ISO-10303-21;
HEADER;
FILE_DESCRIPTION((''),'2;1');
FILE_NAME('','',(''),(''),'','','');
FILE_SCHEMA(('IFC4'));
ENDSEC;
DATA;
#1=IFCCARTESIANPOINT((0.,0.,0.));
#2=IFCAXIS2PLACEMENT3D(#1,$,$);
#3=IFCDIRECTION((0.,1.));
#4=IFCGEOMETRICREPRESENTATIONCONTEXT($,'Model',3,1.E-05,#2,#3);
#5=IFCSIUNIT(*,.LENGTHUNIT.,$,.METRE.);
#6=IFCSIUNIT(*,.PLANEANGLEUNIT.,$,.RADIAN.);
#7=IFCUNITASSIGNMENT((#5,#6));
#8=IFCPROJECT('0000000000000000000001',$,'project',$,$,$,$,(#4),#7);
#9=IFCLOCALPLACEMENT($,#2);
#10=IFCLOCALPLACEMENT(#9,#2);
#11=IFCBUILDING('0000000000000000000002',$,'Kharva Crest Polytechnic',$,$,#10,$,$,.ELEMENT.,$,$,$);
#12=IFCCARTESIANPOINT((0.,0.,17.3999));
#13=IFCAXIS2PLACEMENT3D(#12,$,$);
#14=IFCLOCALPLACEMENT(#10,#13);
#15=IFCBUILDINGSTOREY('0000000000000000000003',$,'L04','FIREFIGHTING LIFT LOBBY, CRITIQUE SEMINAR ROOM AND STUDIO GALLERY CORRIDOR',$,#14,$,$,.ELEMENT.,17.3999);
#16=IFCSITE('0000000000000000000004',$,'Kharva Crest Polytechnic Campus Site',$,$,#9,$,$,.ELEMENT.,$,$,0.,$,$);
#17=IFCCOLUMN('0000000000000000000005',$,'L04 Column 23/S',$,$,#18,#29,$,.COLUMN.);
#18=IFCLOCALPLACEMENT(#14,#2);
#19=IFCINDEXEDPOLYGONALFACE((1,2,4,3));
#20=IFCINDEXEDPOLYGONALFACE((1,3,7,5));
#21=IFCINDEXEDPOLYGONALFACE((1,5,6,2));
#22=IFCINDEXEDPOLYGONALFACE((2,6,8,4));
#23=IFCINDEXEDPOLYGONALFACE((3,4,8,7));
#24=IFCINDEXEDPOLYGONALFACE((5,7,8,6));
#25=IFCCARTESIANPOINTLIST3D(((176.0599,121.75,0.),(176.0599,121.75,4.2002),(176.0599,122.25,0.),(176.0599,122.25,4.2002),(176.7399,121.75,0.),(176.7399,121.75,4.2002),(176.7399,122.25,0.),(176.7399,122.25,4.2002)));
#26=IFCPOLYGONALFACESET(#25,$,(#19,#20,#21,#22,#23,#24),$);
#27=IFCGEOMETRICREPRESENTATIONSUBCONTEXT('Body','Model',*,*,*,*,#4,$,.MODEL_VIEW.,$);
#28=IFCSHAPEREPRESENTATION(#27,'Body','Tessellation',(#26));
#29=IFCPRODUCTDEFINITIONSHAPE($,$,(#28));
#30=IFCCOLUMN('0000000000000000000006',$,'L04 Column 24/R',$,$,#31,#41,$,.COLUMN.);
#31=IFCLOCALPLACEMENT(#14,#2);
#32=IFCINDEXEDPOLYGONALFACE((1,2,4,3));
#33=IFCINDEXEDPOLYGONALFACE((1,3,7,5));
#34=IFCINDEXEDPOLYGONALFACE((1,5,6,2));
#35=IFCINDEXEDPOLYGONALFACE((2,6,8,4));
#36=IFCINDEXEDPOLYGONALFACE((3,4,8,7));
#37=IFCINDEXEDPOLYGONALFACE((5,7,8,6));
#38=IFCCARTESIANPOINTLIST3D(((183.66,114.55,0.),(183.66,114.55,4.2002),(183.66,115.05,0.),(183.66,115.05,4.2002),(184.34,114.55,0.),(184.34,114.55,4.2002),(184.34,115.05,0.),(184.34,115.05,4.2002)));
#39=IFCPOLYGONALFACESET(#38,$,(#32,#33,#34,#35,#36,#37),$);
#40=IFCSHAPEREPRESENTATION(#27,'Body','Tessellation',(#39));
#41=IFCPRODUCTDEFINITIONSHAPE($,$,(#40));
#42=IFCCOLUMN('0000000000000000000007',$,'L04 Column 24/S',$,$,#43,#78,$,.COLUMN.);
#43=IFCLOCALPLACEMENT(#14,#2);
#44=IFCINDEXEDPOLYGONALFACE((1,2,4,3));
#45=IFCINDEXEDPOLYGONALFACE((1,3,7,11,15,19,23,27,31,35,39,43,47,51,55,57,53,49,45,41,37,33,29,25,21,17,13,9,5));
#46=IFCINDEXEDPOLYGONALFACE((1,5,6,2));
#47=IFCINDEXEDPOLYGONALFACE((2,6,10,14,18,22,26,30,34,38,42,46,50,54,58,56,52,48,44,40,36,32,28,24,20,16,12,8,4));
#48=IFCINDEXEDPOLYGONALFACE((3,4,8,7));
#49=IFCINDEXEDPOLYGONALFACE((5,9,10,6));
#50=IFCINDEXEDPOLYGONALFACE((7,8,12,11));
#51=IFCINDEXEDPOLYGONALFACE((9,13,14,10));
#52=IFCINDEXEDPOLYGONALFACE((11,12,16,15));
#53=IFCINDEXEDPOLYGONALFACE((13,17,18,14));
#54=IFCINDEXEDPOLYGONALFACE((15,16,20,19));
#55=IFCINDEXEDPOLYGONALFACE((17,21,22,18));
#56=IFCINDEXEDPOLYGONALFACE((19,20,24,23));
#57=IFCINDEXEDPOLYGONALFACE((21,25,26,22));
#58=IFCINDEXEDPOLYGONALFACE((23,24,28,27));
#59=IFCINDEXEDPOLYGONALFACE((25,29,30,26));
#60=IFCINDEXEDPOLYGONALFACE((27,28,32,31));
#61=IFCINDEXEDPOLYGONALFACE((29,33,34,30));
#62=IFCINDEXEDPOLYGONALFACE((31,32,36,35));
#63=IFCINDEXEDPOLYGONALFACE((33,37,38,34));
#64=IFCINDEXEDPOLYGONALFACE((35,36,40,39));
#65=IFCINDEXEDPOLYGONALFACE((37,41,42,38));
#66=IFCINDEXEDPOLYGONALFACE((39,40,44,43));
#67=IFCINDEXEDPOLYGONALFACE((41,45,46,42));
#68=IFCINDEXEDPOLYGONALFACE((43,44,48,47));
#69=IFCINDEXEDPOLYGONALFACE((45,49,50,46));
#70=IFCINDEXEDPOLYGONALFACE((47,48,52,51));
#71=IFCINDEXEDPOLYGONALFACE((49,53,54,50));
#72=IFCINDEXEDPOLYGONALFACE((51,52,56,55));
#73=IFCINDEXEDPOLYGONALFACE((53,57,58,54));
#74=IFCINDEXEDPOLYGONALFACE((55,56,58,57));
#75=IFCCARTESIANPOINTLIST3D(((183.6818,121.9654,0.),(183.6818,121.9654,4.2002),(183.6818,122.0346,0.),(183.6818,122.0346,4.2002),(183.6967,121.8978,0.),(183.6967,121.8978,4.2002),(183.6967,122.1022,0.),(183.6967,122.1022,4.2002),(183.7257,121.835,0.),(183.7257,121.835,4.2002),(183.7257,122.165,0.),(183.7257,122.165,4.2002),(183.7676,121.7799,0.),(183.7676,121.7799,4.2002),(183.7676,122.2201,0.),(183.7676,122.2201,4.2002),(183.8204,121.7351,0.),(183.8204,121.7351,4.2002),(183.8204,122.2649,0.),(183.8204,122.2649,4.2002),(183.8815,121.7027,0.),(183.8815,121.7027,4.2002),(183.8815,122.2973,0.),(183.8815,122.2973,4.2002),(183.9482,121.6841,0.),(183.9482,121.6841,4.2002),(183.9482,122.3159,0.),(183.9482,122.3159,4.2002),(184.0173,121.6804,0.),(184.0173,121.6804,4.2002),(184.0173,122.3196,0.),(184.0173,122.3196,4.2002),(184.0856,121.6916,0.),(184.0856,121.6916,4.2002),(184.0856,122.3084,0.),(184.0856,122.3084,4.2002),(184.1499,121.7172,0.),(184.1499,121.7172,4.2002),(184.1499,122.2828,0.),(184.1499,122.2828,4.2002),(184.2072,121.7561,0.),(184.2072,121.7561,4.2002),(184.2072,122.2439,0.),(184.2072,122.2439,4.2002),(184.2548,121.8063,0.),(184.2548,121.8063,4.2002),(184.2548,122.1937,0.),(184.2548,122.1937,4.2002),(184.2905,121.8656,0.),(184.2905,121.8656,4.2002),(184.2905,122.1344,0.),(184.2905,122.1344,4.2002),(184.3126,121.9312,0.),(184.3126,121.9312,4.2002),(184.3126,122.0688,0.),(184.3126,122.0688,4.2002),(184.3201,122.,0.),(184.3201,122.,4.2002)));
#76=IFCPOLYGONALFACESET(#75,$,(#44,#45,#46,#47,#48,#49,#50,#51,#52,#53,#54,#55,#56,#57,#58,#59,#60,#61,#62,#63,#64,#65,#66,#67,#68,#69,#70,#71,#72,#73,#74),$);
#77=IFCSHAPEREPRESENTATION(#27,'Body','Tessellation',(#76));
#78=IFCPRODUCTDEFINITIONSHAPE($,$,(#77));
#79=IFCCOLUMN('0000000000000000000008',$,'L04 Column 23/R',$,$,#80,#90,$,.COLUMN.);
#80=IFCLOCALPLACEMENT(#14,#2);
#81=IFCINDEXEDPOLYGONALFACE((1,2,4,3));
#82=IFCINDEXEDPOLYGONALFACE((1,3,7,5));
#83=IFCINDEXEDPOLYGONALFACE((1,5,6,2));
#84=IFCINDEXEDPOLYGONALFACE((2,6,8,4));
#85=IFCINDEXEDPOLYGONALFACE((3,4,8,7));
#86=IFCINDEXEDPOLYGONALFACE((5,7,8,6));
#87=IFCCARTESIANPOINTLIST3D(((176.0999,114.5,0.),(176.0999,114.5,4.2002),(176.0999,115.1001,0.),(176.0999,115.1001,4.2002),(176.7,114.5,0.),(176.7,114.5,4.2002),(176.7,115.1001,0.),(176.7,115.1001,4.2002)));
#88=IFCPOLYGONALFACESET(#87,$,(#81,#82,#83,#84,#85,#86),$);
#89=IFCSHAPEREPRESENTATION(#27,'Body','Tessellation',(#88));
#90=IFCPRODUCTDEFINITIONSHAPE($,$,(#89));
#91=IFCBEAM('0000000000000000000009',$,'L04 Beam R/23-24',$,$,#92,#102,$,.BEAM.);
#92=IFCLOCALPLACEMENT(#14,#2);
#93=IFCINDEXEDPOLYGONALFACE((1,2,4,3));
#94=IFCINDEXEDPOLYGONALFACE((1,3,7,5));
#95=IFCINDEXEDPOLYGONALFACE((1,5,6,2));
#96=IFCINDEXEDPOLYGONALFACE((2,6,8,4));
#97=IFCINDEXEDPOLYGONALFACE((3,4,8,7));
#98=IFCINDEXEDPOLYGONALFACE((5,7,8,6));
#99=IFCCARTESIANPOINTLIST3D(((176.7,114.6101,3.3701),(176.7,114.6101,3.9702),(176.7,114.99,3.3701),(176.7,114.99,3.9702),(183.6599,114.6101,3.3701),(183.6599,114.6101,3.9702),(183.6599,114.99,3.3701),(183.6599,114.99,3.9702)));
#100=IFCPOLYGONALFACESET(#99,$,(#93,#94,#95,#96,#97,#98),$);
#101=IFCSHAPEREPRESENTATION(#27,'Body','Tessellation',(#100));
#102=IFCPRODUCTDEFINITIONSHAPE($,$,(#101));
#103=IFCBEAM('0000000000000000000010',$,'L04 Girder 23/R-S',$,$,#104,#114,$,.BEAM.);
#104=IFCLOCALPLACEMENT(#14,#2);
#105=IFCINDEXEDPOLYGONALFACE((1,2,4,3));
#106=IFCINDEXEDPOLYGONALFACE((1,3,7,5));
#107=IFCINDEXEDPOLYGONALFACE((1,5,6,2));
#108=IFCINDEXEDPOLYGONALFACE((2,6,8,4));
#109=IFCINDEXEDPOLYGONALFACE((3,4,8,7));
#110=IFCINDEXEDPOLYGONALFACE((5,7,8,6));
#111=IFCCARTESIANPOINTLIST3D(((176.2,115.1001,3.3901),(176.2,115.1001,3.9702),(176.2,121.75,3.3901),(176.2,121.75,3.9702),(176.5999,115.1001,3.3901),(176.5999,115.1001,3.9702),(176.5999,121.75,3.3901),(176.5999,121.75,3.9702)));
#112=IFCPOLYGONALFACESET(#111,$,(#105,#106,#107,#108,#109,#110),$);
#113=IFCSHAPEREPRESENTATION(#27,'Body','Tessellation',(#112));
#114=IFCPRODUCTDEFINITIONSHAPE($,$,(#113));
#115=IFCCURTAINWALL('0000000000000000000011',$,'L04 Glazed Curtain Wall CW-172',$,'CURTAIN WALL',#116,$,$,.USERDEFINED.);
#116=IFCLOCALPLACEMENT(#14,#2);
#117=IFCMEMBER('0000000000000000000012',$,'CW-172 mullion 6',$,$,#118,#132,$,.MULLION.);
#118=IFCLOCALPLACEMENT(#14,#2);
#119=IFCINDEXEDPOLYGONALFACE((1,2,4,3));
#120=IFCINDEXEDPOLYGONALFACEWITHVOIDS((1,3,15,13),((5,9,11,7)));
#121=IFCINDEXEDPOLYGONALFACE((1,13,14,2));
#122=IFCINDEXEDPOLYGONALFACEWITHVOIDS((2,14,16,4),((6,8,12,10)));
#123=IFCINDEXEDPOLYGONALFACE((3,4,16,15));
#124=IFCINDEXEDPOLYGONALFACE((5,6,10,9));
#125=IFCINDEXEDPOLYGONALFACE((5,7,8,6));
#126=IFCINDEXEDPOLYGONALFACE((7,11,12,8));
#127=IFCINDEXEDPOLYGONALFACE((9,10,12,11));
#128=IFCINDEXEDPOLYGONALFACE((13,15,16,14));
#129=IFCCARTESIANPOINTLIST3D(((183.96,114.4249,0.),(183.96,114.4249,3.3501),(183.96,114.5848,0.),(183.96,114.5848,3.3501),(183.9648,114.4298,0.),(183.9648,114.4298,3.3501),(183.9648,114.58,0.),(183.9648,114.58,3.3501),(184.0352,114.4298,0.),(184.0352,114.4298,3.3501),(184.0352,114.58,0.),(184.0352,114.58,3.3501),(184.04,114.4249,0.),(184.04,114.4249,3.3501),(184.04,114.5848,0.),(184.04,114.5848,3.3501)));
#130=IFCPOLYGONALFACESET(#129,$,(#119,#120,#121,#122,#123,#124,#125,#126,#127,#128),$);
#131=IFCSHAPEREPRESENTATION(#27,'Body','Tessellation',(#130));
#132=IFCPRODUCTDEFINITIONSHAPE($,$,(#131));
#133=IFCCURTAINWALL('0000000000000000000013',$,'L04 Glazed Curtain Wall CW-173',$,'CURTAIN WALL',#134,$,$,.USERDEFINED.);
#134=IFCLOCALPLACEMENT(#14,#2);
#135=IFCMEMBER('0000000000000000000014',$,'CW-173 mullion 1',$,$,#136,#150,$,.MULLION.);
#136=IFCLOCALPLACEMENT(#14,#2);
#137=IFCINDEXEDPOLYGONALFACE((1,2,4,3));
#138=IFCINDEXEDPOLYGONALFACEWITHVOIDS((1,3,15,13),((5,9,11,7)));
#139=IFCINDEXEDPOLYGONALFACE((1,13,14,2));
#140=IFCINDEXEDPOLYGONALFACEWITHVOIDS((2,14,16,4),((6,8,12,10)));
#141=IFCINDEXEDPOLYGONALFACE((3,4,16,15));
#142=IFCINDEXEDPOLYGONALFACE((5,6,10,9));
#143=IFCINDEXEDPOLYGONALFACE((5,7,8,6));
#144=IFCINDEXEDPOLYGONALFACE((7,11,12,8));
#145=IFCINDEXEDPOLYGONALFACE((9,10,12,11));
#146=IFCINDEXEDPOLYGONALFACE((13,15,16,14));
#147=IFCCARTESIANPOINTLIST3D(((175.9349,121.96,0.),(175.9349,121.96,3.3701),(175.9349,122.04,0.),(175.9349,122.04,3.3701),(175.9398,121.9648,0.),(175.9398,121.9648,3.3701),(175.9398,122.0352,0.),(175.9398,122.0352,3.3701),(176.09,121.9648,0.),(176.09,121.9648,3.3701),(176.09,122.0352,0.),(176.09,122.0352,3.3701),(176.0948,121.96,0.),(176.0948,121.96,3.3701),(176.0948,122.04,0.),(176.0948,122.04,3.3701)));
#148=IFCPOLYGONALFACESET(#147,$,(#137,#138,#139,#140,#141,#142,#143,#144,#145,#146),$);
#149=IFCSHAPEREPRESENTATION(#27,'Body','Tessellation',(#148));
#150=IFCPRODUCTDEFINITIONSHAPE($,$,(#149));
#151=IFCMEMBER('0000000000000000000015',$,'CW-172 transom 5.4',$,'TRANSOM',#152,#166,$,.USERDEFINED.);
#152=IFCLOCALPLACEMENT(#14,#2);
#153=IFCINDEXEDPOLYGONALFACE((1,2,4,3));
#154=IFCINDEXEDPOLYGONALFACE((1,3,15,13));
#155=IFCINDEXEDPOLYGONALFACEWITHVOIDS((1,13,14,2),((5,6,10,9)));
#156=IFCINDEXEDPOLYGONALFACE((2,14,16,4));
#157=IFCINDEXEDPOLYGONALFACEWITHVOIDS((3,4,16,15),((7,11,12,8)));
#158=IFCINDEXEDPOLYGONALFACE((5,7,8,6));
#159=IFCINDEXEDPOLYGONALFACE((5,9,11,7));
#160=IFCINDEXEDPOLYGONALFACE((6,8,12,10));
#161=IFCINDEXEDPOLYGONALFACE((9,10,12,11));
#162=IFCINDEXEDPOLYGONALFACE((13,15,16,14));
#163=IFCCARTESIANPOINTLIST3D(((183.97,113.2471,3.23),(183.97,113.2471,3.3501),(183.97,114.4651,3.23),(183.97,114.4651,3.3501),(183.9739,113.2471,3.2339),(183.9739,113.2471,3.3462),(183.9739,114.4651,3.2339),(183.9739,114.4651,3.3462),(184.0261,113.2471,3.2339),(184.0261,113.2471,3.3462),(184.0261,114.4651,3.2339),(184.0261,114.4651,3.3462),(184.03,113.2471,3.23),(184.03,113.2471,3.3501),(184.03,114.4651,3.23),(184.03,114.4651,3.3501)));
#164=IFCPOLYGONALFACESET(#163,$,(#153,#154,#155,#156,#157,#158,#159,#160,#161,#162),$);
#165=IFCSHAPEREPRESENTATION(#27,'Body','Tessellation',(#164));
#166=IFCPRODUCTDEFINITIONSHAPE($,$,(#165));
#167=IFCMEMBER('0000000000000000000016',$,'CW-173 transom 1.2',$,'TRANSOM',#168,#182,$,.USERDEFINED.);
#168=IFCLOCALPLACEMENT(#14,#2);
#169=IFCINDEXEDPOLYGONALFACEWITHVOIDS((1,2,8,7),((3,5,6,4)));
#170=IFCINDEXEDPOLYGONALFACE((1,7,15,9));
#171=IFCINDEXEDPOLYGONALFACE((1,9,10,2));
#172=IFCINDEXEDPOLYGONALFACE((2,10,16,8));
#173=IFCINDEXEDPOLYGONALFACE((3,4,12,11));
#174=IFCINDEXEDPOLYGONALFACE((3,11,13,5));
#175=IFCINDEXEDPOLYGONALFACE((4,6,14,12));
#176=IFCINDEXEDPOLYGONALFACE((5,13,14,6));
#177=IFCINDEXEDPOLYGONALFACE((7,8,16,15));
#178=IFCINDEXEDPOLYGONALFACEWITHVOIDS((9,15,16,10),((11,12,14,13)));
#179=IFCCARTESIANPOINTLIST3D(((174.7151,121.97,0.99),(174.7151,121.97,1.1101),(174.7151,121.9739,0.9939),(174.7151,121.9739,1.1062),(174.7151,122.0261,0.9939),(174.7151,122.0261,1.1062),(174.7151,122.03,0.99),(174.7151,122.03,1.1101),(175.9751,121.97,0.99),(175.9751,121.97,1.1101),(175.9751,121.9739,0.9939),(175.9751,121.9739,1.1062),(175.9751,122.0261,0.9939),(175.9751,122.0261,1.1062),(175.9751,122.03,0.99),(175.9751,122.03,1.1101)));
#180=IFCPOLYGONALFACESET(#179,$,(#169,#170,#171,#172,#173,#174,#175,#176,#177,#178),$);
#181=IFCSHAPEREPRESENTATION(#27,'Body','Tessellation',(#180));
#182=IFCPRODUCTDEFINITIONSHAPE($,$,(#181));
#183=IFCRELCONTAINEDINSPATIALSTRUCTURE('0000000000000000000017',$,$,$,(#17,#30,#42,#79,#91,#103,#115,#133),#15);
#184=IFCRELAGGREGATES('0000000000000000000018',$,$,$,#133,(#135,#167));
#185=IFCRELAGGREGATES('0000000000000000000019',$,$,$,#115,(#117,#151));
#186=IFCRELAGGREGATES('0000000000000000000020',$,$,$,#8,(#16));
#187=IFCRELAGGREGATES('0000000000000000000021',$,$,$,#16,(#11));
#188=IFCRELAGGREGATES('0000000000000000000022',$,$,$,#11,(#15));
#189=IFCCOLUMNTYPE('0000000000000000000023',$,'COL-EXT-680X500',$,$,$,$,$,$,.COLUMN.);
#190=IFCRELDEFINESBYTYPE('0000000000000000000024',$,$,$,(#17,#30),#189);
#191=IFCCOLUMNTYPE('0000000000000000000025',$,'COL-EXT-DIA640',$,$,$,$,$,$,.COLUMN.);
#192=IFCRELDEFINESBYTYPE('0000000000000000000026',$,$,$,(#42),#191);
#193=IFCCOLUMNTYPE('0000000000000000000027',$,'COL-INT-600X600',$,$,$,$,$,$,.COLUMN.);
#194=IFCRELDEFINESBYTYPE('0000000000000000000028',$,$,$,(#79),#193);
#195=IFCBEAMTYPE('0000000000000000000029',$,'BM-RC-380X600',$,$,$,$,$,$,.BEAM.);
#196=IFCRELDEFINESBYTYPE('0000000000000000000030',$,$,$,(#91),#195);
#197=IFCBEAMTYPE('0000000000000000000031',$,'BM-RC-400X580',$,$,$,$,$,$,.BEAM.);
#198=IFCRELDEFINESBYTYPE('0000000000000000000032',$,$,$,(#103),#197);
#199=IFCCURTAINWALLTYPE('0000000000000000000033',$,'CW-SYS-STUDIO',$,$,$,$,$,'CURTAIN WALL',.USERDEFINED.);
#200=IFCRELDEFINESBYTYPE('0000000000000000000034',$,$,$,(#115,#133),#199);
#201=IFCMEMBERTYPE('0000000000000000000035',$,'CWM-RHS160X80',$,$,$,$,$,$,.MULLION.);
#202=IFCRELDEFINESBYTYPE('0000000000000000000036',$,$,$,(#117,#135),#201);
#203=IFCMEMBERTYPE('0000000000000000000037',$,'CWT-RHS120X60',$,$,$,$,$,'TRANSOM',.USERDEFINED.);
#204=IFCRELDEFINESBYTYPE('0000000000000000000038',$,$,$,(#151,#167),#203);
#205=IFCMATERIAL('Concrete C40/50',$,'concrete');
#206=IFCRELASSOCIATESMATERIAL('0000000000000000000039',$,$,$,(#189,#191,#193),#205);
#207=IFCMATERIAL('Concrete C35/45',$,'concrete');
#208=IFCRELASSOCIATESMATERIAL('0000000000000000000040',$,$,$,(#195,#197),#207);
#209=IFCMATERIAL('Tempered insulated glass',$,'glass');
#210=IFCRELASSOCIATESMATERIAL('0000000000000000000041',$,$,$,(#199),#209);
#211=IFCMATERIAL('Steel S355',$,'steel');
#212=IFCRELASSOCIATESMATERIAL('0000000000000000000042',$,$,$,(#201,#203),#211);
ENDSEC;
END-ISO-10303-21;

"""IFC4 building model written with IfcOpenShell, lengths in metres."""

from ifc_helpers import new_model, si_unit, direction, frame, origin, origin_2d, place, context, subcontext, project, spatial, rectangle, hollow_rectangle, circle, extrude, material, material_profile, profile_set, type_object, element, aggregate, save


model = new_model("IFC4")

# Units and contexts
model_context = context("Model", 3, precision=1e-05, world=origin(), true_north=direction((0.0, 1.0)))
body_context = subcontext(model_context, "Body", "Model", "MODEL_VIEW")
ifc_project = project(units=[si_unit("LENGTHUNIT", "METRE"), si_unit("PLANEANGLEUNIT", "RADIAN")], contexts=[model_context])

# Site, building, storey
site_placement = place(None, origin())
site = spatial("IfcSite", under=ifc_project, at=site_placement, Name="Kharva Crest Polytechnic Campus Site", CompositionType="ELEMENT", RefElevation=0.0)
building_placement = place(site_placement, origin())
building = spatial("IfcBuilding", under=site, at=building_placement, Name="Kharva Crest Polytechnic", CompositionType="ELEMENT")
storey_placement = place(building_placement, frame((0.0, 0.0, 17.3999)))
storey = spatial("IfcBuildingStorey", under=building, at=storey_placement, Name="L04", Description="FIREFIGHTING LIFT LOBBY, CRITIQUE SEMINAR ROOM AND STUDIO GALLERY CORRIDOR", CompositionType="ELEMENT", Elevation=17.3999)

# Columns
ifc_material_1 = material(Name="Concrete C40/50", Category="concrete")
ifc_material_profile_1 = material_profile(ifc_material_1, rectangle(XDim=0.6799, YDim=0.5, at=origin_2d()), Name="RECT 680 X 500")
ifc_profile_set_1 = profile_set([ifc_material_profile_1], Name="Concrete C40/50")
column_type_1 = type_object("IfcColumnType", Name="COL-EXT-680X500", PredefinedType="COLUMN", material=ifc_profile_set_1)
for number, where, z_axis, x_axis, name in (
    (1, (176.3999, 122.0, 0.0), (0.0, 0.0, 1.0), (1.0, 0.0, 0.0), "L04 Column 23/S"),
    (2, (184.0, 114.8, 0.0), (0.0, 0.0, 1.0), (1.0, 0.0, 0.0), "L04 Column 24/R"),
):
    element("IfcColumn", number, at=place(storey_placement, frame(where, z_axis=z_axis, x_axis=x_axis)), inside=storey, type_object=column_type_1, Name=name, PredefinedType="COLUMN", context=body_context, shape_type="SweptSolid", body=[
        extrude(rectangle(XDim=0.6799, YDim=0.5, at=origin_2d()), origin(), (0.0, 0.0, 1.0), 4.2002),
    ])
ifc_material_profile_2 = material_profile(ifc_material_1, circle(Radius=0.3201, at=origin_2d()), Name="DIA 640")
ifc_profile_set_2 = profile_set([ifc_material_profile_2], Name="Concrete C40/50")
column_type_2 = type_object("IfcColumnType", Name="COL-EXT-DIA640", PredefinedType="COLUMN", material=ifc_profile_set_2)
column_1_placement = place(storey_placement, frame((184.0, 122.0, 0.0), z_axis=(0.0, 0.0, 1.0), x_axis=(1.0, 0.0, 0.0)))
element("IfcColumn", 3, at=column_1_placement, inside=storey, type_object=column_type_2, Name="L04 Column 24/S", PredefinedType="COLUMN", context=body_context, shape_type="SweptSolid", body=[
    extrude(circle(Radius=0.3201, at=origin_2d()), origin(), (0.0, 0.0, 1.0), 4.2002),
])
ifc_material_profile_3 = material_profile(ifc_material_1, rectangle(XDim=0.6001, YDim=0.6001, at=origin_2d()), Name="RECT 600 X 600")
ifc_profile_set_3 = profile_set([ifc_material_profile_3], Name="Concrete C40/50")
column_type_3 = type_object("IfcColumnType", Name="COL-INT-600X600", PredefinedType="COLUMN", material=ifc_profile_set_3)
column_2_placement = place(storey_placement, frame((176.3999, 114.8, 0.0), z_axis=(0.0, 0.0, 1.0), x_axis=(1.0, 0.0, 0.0)))
element("IfcColumn", 4, at=column_2_placement, inside=storey, type_object=column_type_3, Name="L04 Column 23/R", PredefinedType="COLUMN", context=body_context, shape_type="SweptSolid", body=[
    extrude(rectangle(XDim=0.6001, YDim=0.6001, at=origin_2d()), origin(), (0.0, 0.0, 1.0), 4.2002),
])

# Beams
ifc_material_2 = material(Name="Concrete C35/45", Category="concrete")
ifc_material_profile_4 = material_profile(ifc_material_2, rectangle(XDim=0.3799, YDim=0.6001, at=origin_2d()), Name="RECT 380 X 600")
ifc_profile_set_4 = profile_set([ifc_material_profile_4], Name="Concrete C35/45")
beam_type_1 = type_object("IfcBeamType", Name="BM-RC-380X600", PredefinedType="BEAM", material=ifc_profile_set_4)
beam_1_placement = place(storey_placement, frame((176.7, 114.8, 3.6702), z_axis=(1.0, 0.0, 0.0), x_axis=(0.0, 1.0, 0.0)))
element("IfcBeam", 5, at=beam_1_placement, inside=storey, type_object=beam_type_1, Name="L04 Beam R/23-24", PredefinedType="BEAM", context=body_context, shape_type="SweptSolid", body=[
    extrude(rectangle(XDim=0.3799, YDim=0.6001, at=origin_2d()), origin(), (0.0, 0.0, 1.0), 6.96),
])
ifc_material_profile_5 = material_profile(ifc_material_2, rectangle(XDim=0.3999, YDim=0.5801, at=origin_2d()), Name="RECT 400 X 580")
ifc_profile_set_5 = profile_set([ifc_material_profile_5], Name="Concrete C35/45")
beam_type_2 = type_object("IfcBeamType", Name="BM-RC-400X580", PredefinedType="BEAM", material=ifc_profile_set_5)
beam_2_placement = place(storey_placement, frame((176.3999, 115.1001, 3.6802), z_axis=(0.0, 1.0, 0.0), x_axis=(-1.0, 0.0, 0.0)))
element("IfcBeam", 6, at=beam_2_placement, inside=storey, type_object=beam_type_2, Name="L04 Girder 23/R-S", PredefinedType="BEAM", context=body_context, shape_type="SweptSolid", body=[
    extrude(rectangle(XDim=0.3999, YDim=0.5801, at=origin_2d()), origin(), (0.0, 0.0, 1.0), 6.6499),
])

# Curtain walls, members
ifc_material_3 = material(Name="Tempered insulated glass", Category="glass")
curtain_wall_type = type_object("IfcCurtainWallType", Name="CW-SYS-STUDIO", ElementType="CURTAIN WALL", PredefinedType="USERDEFINED", material=ifc_material_3)
curtain_wall_1_placement = place(storey_placement, origin())
curtain_wall_1 = element("IfcCurtainWall", 7, at=curtain_wall_1_placement, inside=storey, type_object=curtain_wall_type, Name="L04 Glazed Curtain Wall CW-172", ObjectType="CURTAIN WALL", PredefinedType="USERDEFINED")
ifc_material_4 = material(Name="Steel S355", Category="steel")
ifc_material_profile_6 = material_profile(ifc_material_4, hollow_rectangle(XDim=0.0801, YDim=0.1599, WallThickness=0.0049, at=origin_2d()), Name="RHS 160X80X5.0")
ifc_profile_set_6 = profile_set([ifc_material_profile_6], Name="Steel S355")
member_type_1 = type_object("IfcMemberType", Name="CWM-RHS160X80", PredefinedType="MULLION", material=ifc_profile_set_6)
member_1_placement = place(storey_placement, frame((184.0, 114.5049, 0.0), z_axis=(0.0, 0.0, 1.0), x_axis=(-1.0, 0.0, 0.0)))
member_1 = element("IfcMember", 8, at=member_1_placement, type_object=member_type_1, Name="CW-172 mullion 6", PredefinedType="MULLION", context=body_context, shape_type="SweptSolid", body=[
    extrude(hollow_rectangle(XDim=0.0801, YDim=0.1599, WallThickness=0.0049, at=origin_2d()), origin(), (0.0, 0.0, 1.0), 3.3501),
])
curtain_wall_2_placement = place(storey_placement, origin())
curtain_wall_2 = element("IfcCurtainWall", 9, at=curtain_wall_2_placement, inside=storey, type_object=curtain_wall_type, Name="L04 Glazed Curtain Wall CW-173", ObjectType="CURTAIN WALL", PredefinedType="USERDEFINED")
member_2_placement = place(storey_placement, frame((176.0149, 122.0, 0.0), z_axis=(0.0, 0.0, 1.0), x_axis=(0.0, -1.0, 0.0)))
member_2 = element("IfcMember", 10, at=member_2_placement, type_object=member_type_1, Name="CW-173 mullion 1", PredefinedType="MULLION", context=body_context, shape_type="SweptSolid", body=[
    extrude(hollow_rectangle(XDim=0.0801, YDim=0.1599, WallThickness=0.0049, at=origin_2d()), origin(), (0.0, 0.0, 1.0), 3.3701),
])

# Members
ifc_material_profile_7 = material_profile(ifc_material_4, hollow_rectangle(XDim=0.0601, YDim=0.1201, WallThickness=0.0039, at=origin_2d()), Name="RHS 120X60X4.0")
ifc_profile_set_7 = profile_set([ifc_material_profile_7], Name="Steel S355")
member_type_2 = type_object("IfcMemberType", Name="CWT-RHS120X60", ElementType="TRANSOM", PredefinedType="USERDEFINED", material=ifc_profile_set_7)
member_3_placement = place(storey_placement, frame((184.0, 113.2471, 3.29), z_axis=(0.0, 1.0, 0.0), x_axis=(-1.0, 0.0, 0.0)))
member_3 = element("IfcMember", 11, at=member_3_placement, type_object=member_type_2, Name="CW-172 transom 5.4", ObjectType="TRANSOM", PredefinedType="USERDEFINED", context=body_context, shape_type="SweptSolid", body=[
    extrude(hollow_rectangle(XDim=0.0601, YDim=0.1201, WallThickness=0.0039, at=origin_2d()), origin(), (0.0, 0.0, 1.0), 1.218),
])
member_4_placement = place(storey_placement, frame((175.9751, 122.0, 1.05), z_axis=(-1.0, 0.0, 0.0), x_axis=(0.0, -1.0, 0.0)))
member_4 = element("IfcMember", 12, at=member_4_placement, type_object=member_type_2, Name="CW-173 transom 1.2", ObjectType="TRANSOM", PredefinedType="USERDEFINED", context=body_context, shape_type="SweptSolid", body=[
    extrude(hollow_rectangle(XDim=0.0601, YDim=0.1201, WallThickness=0.0039, at=origin_2d()), origin(), (0.0, 0.0, 1.0), 1.26),
])
aggregate(curtain_wall_2, [member_2, member_4])

aggregate(curtain_wall_1, [member_1, member_3])

save(model, "model.ifc")
